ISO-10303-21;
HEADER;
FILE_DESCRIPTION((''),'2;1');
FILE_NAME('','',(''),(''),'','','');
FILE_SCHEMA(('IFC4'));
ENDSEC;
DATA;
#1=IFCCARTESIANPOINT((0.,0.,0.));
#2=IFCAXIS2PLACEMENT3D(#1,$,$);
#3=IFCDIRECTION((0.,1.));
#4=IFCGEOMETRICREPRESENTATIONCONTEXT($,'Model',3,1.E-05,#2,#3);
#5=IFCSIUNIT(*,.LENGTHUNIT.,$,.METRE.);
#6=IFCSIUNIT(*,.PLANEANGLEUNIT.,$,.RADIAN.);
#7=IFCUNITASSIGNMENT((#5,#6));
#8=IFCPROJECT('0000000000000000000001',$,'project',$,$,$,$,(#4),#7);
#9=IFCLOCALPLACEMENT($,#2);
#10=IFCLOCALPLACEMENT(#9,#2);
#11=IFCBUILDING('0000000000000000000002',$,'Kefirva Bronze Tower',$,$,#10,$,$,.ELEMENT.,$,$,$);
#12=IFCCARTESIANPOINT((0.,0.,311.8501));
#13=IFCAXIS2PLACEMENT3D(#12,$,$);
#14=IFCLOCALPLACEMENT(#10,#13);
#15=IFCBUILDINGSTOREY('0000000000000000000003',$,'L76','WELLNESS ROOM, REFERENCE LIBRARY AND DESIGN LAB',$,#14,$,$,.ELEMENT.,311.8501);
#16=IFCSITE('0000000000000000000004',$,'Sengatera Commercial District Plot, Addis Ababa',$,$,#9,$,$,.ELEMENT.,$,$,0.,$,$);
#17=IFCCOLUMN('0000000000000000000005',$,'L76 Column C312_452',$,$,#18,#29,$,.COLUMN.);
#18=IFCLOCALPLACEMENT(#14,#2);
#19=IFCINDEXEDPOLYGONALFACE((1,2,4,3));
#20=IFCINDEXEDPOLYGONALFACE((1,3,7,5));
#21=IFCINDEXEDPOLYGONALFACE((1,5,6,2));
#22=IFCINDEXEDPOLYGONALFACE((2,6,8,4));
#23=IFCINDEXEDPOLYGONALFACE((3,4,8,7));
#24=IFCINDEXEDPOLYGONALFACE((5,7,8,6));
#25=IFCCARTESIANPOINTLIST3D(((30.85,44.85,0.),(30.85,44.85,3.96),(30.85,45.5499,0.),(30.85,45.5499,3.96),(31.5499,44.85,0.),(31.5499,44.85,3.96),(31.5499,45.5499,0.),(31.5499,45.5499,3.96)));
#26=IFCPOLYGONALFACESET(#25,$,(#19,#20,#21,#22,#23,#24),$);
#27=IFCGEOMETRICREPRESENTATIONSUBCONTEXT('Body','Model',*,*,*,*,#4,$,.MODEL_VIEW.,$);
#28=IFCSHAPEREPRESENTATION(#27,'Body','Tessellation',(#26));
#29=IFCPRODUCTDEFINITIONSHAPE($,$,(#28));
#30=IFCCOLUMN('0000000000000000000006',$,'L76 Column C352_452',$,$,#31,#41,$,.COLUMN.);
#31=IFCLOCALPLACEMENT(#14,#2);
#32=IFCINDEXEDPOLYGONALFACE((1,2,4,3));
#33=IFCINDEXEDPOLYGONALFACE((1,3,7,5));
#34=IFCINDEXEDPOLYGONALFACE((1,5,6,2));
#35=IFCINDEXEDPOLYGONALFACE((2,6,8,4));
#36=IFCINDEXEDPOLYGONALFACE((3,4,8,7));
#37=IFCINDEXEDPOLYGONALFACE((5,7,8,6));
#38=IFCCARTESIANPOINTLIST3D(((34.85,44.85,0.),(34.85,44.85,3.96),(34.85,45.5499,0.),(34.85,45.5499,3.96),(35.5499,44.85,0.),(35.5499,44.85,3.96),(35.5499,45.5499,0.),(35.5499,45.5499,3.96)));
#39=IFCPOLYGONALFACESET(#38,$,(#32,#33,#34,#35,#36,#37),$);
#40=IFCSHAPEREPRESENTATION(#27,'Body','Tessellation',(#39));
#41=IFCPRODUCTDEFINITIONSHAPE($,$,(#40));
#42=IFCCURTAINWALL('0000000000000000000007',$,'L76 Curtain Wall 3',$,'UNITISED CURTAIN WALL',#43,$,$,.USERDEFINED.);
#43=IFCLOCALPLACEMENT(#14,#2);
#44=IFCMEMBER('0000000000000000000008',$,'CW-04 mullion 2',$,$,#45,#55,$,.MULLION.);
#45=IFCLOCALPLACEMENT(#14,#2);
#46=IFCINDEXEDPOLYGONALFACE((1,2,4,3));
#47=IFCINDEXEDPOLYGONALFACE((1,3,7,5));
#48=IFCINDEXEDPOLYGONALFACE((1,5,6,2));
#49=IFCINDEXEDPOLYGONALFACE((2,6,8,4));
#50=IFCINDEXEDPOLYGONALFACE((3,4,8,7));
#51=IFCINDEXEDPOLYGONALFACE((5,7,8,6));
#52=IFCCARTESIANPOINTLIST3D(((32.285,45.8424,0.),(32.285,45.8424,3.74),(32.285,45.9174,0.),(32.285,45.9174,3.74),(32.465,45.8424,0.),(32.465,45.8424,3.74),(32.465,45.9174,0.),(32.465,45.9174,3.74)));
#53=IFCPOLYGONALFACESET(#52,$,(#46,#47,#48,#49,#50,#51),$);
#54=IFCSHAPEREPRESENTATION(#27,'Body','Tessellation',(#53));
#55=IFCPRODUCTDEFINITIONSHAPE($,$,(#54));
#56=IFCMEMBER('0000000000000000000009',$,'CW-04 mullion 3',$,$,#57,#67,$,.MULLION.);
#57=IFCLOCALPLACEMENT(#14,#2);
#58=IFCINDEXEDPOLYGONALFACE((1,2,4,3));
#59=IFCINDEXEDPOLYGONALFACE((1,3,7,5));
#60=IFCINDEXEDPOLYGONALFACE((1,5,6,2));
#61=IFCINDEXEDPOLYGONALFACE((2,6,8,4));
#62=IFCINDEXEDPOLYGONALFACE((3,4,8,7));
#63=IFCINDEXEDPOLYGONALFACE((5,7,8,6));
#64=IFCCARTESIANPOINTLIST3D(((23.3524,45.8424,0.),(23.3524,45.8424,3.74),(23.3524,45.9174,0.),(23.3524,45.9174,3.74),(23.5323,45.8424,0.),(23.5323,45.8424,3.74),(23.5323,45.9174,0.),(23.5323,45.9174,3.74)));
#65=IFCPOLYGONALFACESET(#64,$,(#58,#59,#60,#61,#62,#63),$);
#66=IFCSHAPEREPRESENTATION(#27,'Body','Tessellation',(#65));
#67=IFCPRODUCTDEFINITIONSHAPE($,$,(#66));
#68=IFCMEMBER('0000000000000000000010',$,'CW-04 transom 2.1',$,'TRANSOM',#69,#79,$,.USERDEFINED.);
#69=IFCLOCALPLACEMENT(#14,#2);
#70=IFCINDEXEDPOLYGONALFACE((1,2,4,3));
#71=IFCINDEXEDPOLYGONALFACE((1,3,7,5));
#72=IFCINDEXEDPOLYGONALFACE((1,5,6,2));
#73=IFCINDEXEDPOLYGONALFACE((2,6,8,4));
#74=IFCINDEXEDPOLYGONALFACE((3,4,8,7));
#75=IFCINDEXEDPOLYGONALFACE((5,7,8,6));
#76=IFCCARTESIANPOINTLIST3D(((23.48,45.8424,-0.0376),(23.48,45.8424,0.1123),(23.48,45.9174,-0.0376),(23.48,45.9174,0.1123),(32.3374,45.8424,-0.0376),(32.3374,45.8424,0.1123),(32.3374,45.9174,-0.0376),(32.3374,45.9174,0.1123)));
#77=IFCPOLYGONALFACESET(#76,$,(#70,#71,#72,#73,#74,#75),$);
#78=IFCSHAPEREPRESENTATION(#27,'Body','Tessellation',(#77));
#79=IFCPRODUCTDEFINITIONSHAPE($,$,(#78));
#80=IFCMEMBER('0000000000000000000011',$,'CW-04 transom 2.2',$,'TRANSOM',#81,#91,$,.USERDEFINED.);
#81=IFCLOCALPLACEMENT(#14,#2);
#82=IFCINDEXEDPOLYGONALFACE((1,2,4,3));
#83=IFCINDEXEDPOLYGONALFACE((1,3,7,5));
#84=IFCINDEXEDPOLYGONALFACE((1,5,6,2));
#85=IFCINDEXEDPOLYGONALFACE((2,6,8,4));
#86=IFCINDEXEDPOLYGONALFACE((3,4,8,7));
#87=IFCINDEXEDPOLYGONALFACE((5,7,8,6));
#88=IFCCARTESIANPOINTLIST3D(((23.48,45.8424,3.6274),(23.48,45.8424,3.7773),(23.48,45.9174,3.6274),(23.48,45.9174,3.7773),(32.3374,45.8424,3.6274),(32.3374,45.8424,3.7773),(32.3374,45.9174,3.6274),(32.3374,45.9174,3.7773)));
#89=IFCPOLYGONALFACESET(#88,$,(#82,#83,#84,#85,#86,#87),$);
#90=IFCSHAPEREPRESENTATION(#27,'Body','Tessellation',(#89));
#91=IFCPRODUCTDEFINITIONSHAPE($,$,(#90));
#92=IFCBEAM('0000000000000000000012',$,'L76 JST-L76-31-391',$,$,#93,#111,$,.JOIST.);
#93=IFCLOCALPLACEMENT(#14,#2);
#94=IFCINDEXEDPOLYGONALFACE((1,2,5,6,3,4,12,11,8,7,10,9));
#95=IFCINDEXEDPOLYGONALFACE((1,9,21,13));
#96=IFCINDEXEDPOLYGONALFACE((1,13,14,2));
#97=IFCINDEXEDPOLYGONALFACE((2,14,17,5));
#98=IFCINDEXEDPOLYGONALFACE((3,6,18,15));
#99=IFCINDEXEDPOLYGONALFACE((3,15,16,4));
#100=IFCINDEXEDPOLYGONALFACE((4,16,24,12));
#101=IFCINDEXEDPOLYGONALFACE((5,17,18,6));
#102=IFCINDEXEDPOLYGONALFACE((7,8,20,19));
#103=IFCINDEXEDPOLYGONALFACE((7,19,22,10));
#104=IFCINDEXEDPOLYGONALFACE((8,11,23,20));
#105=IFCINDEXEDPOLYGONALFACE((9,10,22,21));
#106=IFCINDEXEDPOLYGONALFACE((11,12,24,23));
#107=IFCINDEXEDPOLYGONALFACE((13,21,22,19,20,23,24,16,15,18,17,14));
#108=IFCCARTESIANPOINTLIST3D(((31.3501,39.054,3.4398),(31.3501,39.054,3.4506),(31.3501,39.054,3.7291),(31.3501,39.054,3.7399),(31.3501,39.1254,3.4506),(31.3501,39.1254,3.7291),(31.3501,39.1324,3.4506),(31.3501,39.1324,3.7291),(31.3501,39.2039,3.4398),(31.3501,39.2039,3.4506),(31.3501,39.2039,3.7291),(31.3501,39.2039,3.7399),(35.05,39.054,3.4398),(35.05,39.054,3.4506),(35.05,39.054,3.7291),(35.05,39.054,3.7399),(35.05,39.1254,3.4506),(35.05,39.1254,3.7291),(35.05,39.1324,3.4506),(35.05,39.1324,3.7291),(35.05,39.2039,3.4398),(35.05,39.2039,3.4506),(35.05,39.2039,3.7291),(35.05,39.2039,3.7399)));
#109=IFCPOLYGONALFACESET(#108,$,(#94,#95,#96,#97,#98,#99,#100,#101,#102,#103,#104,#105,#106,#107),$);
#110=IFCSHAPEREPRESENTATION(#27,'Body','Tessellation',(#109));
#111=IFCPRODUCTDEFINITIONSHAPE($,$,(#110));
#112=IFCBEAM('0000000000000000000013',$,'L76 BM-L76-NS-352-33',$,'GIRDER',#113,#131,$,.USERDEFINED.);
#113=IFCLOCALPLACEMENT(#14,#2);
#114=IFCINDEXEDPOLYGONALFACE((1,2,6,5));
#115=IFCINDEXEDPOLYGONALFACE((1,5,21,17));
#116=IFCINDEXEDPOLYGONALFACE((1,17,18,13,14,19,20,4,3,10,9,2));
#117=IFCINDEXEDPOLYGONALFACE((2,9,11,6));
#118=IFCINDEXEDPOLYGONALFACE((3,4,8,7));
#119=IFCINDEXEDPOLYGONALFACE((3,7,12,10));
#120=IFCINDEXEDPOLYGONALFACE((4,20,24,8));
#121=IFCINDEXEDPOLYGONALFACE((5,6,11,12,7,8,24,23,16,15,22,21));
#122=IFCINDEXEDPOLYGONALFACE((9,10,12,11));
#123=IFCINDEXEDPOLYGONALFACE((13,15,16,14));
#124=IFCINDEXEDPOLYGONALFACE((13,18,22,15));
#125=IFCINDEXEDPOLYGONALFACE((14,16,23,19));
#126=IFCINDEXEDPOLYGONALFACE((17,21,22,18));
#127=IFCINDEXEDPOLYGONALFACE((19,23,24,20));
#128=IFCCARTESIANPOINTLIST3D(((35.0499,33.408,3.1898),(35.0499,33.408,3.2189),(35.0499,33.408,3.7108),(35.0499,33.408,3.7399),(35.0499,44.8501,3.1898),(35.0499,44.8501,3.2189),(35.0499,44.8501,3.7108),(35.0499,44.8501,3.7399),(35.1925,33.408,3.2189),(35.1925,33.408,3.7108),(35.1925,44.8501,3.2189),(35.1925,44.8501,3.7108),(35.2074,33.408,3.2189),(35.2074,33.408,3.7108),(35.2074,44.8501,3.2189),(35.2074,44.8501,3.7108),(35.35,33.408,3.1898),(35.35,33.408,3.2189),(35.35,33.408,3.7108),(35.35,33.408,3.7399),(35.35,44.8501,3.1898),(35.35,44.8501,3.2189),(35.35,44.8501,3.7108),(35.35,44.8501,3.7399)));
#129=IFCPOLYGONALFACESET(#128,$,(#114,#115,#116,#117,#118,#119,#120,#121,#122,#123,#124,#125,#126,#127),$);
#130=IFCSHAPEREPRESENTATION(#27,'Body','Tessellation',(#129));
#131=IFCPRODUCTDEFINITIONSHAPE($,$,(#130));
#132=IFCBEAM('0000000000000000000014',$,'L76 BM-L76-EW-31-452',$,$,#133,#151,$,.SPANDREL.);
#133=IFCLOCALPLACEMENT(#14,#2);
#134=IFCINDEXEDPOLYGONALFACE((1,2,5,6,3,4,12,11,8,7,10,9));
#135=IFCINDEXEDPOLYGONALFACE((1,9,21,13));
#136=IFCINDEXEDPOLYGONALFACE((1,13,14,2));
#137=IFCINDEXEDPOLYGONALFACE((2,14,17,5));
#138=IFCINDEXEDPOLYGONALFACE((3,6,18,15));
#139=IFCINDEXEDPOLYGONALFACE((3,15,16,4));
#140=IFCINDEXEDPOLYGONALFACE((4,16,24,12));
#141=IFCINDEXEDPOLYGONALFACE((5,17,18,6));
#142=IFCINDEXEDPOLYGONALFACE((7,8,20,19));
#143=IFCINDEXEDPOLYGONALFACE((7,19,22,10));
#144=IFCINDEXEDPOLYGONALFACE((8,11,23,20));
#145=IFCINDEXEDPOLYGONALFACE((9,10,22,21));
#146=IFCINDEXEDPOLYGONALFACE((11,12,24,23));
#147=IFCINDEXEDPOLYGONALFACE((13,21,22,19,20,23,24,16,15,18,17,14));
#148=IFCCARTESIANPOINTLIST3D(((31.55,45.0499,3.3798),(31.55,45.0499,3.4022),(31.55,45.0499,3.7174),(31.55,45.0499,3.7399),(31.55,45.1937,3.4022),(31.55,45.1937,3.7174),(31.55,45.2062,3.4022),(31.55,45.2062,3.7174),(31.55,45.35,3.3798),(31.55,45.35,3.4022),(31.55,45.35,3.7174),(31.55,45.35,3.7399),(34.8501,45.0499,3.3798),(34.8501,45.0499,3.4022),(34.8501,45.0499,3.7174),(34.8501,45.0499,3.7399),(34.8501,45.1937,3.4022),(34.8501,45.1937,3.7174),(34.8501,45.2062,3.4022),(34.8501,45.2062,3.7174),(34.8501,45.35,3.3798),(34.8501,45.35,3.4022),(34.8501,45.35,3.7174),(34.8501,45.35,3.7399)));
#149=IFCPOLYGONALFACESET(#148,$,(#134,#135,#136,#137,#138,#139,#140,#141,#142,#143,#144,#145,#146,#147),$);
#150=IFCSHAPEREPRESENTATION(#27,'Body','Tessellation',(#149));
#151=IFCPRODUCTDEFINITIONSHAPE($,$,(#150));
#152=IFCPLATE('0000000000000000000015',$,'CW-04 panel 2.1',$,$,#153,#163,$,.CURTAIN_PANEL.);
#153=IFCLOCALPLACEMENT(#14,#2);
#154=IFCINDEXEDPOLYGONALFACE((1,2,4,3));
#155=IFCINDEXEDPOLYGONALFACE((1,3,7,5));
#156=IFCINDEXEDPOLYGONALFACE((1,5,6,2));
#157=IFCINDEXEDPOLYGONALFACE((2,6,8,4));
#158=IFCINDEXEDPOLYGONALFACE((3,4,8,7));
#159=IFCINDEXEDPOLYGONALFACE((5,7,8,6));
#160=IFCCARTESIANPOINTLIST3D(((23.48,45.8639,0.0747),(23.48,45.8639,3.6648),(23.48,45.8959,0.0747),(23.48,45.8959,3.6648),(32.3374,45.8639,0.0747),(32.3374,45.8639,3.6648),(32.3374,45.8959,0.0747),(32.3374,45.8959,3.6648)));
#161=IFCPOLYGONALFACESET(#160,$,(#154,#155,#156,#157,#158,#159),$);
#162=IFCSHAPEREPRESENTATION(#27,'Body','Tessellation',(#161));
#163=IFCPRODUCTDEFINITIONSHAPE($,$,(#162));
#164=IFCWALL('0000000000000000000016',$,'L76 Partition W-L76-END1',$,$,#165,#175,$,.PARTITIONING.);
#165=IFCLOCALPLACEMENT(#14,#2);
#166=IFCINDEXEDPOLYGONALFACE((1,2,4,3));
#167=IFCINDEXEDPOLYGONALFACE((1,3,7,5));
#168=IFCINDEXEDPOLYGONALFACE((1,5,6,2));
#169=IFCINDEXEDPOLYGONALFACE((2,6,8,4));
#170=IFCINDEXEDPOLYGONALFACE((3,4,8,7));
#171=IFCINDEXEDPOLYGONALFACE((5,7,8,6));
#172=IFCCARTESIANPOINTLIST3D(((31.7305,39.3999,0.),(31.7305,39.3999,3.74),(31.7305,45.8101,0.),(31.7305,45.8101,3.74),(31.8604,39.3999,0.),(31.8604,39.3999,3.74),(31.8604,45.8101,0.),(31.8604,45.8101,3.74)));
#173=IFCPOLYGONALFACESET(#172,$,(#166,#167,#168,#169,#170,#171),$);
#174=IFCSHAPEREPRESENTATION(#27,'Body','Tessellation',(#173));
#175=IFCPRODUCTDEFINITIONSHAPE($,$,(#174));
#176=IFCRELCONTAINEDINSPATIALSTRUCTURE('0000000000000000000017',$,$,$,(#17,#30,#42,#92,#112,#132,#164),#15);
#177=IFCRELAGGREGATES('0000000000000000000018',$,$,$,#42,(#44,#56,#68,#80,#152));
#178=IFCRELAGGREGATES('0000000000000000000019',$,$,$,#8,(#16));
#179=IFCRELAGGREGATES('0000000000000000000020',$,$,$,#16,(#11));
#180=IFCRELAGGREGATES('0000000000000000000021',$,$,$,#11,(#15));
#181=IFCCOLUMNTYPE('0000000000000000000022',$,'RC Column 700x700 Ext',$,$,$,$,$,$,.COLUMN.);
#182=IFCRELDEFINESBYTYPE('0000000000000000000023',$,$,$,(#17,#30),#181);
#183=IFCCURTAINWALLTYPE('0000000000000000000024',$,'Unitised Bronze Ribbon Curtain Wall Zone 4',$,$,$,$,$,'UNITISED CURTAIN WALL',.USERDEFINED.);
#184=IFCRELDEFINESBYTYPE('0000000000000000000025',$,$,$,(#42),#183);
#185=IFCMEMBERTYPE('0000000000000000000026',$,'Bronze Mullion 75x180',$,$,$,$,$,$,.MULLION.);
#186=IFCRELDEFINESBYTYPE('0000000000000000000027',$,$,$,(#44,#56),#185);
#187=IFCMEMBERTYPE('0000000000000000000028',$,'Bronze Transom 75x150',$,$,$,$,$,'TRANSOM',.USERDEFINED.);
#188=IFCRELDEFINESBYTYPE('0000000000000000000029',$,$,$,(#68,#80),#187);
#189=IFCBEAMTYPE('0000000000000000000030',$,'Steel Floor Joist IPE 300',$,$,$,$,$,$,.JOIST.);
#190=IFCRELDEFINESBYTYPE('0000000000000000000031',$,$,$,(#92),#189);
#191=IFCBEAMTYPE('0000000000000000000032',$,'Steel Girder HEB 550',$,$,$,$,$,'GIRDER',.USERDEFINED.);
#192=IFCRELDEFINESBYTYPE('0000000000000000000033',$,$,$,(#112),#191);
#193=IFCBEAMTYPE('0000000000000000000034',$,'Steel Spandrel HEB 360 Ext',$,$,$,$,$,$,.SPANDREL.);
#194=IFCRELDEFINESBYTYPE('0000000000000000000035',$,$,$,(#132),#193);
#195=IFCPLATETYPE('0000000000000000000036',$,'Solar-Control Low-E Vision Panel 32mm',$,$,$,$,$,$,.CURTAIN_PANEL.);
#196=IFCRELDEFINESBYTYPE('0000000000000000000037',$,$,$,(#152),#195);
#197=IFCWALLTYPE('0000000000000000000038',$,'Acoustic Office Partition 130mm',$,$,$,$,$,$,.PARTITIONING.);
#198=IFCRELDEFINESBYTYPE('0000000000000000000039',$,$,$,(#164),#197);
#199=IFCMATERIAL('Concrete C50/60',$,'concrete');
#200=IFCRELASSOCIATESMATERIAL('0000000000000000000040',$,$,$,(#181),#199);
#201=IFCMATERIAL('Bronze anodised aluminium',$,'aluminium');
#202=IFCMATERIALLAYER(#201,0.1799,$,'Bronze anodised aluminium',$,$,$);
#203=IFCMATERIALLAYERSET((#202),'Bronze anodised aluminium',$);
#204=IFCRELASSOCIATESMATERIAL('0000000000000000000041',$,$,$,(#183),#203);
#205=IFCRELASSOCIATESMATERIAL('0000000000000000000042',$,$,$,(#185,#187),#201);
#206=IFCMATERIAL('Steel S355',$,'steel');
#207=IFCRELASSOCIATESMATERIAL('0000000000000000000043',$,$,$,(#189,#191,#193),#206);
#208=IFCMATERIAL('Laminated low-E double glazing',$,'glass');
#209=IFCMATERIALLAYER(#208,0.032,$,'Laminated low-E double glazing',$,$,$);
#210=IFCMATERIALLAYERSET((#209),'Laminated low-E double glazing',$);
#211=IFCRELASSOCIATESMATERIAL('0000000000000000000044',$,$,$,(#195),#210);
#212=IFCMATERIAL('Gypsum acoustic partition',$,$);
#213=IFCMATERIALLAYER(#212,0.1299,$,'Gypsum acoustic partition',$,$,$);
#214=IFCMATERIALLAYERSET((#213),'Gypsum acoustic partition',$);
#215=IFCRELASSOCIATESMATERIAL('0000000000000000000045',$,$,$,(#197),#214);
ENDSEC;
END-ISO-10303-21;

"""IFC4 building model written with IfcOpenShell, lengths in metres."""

from ifc_helpers import new_model, si_unit, direction, frame, frame_2d, origin, origin_2d, place, context, subcontext, project, spatial, rectangle, i_section, extrude, material, layer, layer_set, material_profile, profile_set, type_object, element, aggregate, save


model = new_model("IFC4")

# Units and contexts
model_context = context("Model", 3, precision=1e-05, world=origin(), true_north=direction((0.0, 1.0)))
body_context = subcontext(model_context, "Body", "Model", "MODEL_VIEW")
ifc_project = project(units=[si_unit("LENGTHUNIT", "METRE"), si_unit("PLANEANGLEUNIT", "RADIAN")], contexts=[model_context])

# Site, building, storey
site_placement = place(None, origin())
site = spatial("IfcSite", under=ifc_project, at=site_placement, Name="Sengatera Commercial District Plot, Addis Ababa", CompositionType="ELEMENT", RefElevation=0.0)
building_placement = place(site_placement, origin())
building = spatial("IfcBuilding", under=site, at=building_placement, Name="Kefirva Bronze Tower", CompositionType="ELEMENT")
storey_placement = place(building_placement, frame((0.0, 0.0, 311.8501)))
storey = spatial("IfcBuildingStorey", under=building, at=storey_placement, Name="L76", Description="WELLNESS ROOM, REFERENCE LIBRARY AND DESIGN LAB", CompositionType="ELEMENT", Elevation=311.8501)

# Columns
ifc_material_1 = material(Name="Concrete C50/60", Category="concrete")
ifc_material_profile_1 = material_profile(ifc_material_1, rectangle(XDim=0.7, YDim=0.7, at=origin_2d()), Name="RC 700x700")
ifc_profile_set_1 = profile_set([ifc_material_profile_1], Name="Concrete C50/60")
column_type = type_object("IfcColumnType", Name="RC Column 700x700 Ext", PredefinedType="COLUMN", material=ifc_profile_set_1)
for number, where, z_axis, x_axis, name in (
    (1, (31.2, 45.2, 0.0), (0.0, 0.0, 1.0), (1.0, 0.0, 0.0), "L76 Column C312_452"),
    (2, (35.2, 45.2, 0.0), (0.0, 0.0, 1.0), (1.0, 0.0, 0.0), "L76 Column C352_452"),
):
    element("IfcColumn", number, at=place(storey_placement, frame(where, z_axis=z_axis, x_axis=x_axis)), inside=storey, type_object=column_type, Name=name, PredefinedType="COLUMN", context=body_context, shape_type="SweptSolid", body=[
        extrude(rectangle(XDim=0.7, YDim=0.7, at=origin_2d()), origin(), (0.0, 0.0, 1.0), 3.96),
    ])

# Curtain wall, members
ifc_material_2 = material(Name="Bronze anodised aluminium", Category="aluminium")
ifc_layer_1 = layer(ifc_material_2, 0.1799, Name="Bronze anodised aluminium")
ifc_layer_set_1 = layer_set([ifc_layer_1], Name="Bronze anodised aluminium")
curtain_wall_type = type_object("IfcCurtainWallType", Name="Unitised Bronze Ribbon Curtain Wall Zone 4", ElementType="UNITISED CURTAIN WALL", PredefinedType="USERDEFINED", material=ifc_layer_set_1)
curtain_wall_placement = place(storey_placement, origin())
curtain_wall = element("IfcCurtainWall", 3, at=curtain_wall_placement, inside=storey, type_object=curtain_wall_type, Name="L76 Curtain Wall 3", ObjectType="UNITISED CURTAIN WALL", PredefinedType="USERDEFINED")
ifc_material_profile_2 = material_profile(ifc_material_2, rectangle(XDim=0.075, YDim=0.1799, at=origin_2d()), Name="ALU 75x180")
ifc_profile_set_2 = profile_set([ifc_material_profile_2], Name="Bronze anodised aluminium")
member_type_1 = type_object("IfcMemberType", Name="Bronze Mullion 75x180", PredefinedType="MULLION", material=ifc_profile_set_2)
member_1_placement = place(storey_placement, frame((32.375, 45.8799, 0.0), z_axis=(0.0, 0.0, 1.0), x_axis=(0.0, -1.0, 0.0)))
member_1 = element("IfcMember", 4, at=member_1_placement, type_object=member_type_1, Name="CW-04 mullion 2", PredefinedType="MULLION", context=body_context, shape_type="SweptSolid", body=[
    extrude(rectangle(XDim=0.075, YDim=0.1799, at=origin_2d()), origin(), (0.0, 0.0, 1.0), 3.74),
])
member_2_placement = place(storey_placement, frame((23.4424, 45.8799, 0.0), z_axis=(0.0, 0.0, 1.0), x_axis=(0.0, -1.0, 0.0)))
member_2 = element("IfcMember", 5, at=member_2_placement, type_object=member_type_1, Name="CW-04 mullion 3", PredefinedType="MULLION", context=body_context, shape_type="SweptSolid", body=[
    extrude(rectangle(XDim=0.075, YDim=0.1799, at=origin_2d()), origin(), (0.0, 0.0, 1.0), 3.74),
])
ifc_material_profile_3 = material_profile(ifc_material_2, rectangle(XDim=0.075, YDim=0.1499, at=origin_2d()), Name="ALU 75x150")
ifc_profile_set_3 = profile_set([ifc_material_profile_3], Name="Bronze anodised aluminium")
member_type_2 = type_object("IfcMemberType", Name="Bronze Transom 75x150", ElementType="TRANSOM", PredefinedType="USERDEFINED", material=ifc_profile_set_3)
member_3_placement = place(storey_placement, frame((32.3374, 45.8799, 0.0374), z_axis=(-1.0, 0.0, 0.0), x_axis=(0.0, -1.0, 0.0)))
member_3 = element("IfcMember", 6, at=member_3_placement, type_object=member_type_2, Name="CW-04 transom 2.1", ObjectType="TRANSOM", PredefinedType="USERDEFINED", context=body_context, shape_type="SweptSolid", body=[
    extrude(rectangle(XDim=0.075, YDim=0.1499, at=origin_2d()), origin(), (0.0, 0.0, 1.0), 8.8574),
])
member_4_placement = place(storey_placement, frame((32.3374, 45.8799, 3.7024), z_axis=(-1.0, 0.0, 0.0), x_axis=(0.0, -1.0, 0.0)))
member_4 = element("IfcMember", 7, at=member_4_placement, type_object=member_type_2, Name="CW-04 transom 2.2", ObjectType="TRANSOM", PredefinedType="USERDEFINED", context=body_context, shape_type="SweptSolid", body=[
    extrude(rectangle(XDim=0.075, YDim=0.1499, at=origin_2d()), origin(), (0.0, 0.0, 1.0), 8.8574),
])

# Beams
ifc_material_3 = material(Name="Steel S355", Category="steel")
ifc_material_profile_4 = material_profile(ifc_material_3, i_section(OverallWidth=0.1499, OverallDepth=0.3, WebThickness=0.0071, FlangeThickness=0.0107, at=origin_2d()), Name="IPE 300")
ifc_profile_set_4 = profile_set([ifc_material_profile_4], Name="Steel S355")
beam_type_1 = type_object("IfcBeamType", Name="Steel Floor Joist IPE 300", PredefinedType="JOIST", material=ifc_profile_set_4)
beam_1_placement = place(storey_placement, frame((31.3501, 39.1289, 3.5898), z_axis=(1.0, 0.0, 0.0), x_axis=(0.0, 1.0, 0.0)))
element("IfcBeam", 8, at=beam_1_placement, inside=storey, type_object=beam_type_1, Name="L76 JST-L76-31-391", PredefinedType="JOIST", context=body_context, shape_type="SweptSolid", body=[
    extrude(i_section(OverallWidth=0.1499, OverallDepth=0.3, WebThickness=0.0071, FlangeThickness=0.0107, at=origin_2d()), origin(), (0.0, 0.0, 1.0), 3.7),
])
ifc_material_profile_5 = material_profile(ifc_material_3, i_section(OverallWidth=0.3, OverallDepth=0.55, WebThickness=0.0149, FlangeThickness=0.0291, at=origin_2d()), Name="HEB 550")
ifc_profile_set_5 = profile_set([ifc_material_profile_5], Name="Steel S355")
beam_type_2 = type_object("IfcBeamType", Name="Steel Girder HEB 550", ElementType="GIRDER", PredefinedType="USERDEFINED", material=ifc_profile_set_5)
beam_2_placement = place(storey_placement, frame((35.2, 33.408, 3.4648), z_axis=(0.0, 1.0, 0.0), x_axis=(-1.0, 0.0, 0.0)))
element("IfcBeam", 9, at=beam_2_placement, inside=storey, type_object=beam_type_2, Name="L76 BM-L76-NS-352-33", ObjectType="GIRDER", PredefinedType="USERDEFINED", context=body_context, shape_type="SweptSolid", body=[
    extrude(i_section(OverallWidth=0.3, OverallDepth=0.55, WebThickness=0.0149, FlangeThickness=0.0291, at=origin_2d()), origin(), (0.0, 0.0, 1.0), 11.4421),
])
ifc_material_profile_6 = material_profile(ifc_material_3, i_section(OverallWidth=0.3, OverallDepth=0.3601, WebThickness=0.0125, FlangeThickness=0.0225, at=origin_2d()), Name="HEB 360")
ifc_profile_set_6 = profile_set([ifc_material_profile_6], Name="Steel S355")
beam_type_3 = type_object("IfcBeamType", Name="Steel Spandrel HEB 360 Ext", PredefinedType="SPANDREL", material=ifc_profile_set_6)
beam_3_placement = place(storey_placement, frame((31.55, 45.2, 3.5598), z_axis=(1.0, 0.0, 0.0), x_axis=(0.0, 1.0, 0.0)))
element("IfcBeam", 10, at=beam_3_placement, inside=storey, type_object=beam_type_3, Name="L76 BM-L76-EW-31-452", PredefinedType="SPANDREL", context=body_context, shape_type="SweptSolid", body=[
    extrude(i_section(OverallWidth=0.3, OverallDepth=0.3601, WebThickness=0.0125, FlangeThickness=0.0225, at=origin_2d()), origin(), (0.0, 0.0, 1.0), 3.3),
])

# Plate
ifc_material_4 = material(Name="Laminated low-E double glazing", Category="glass")
ifc_layer_2 = layer(ifc_material_4, 0.032, Name="Laminated low-E double glazing")
ifc_layer_set_2 = layer_set([ifc_layer_2], Name="Laminated low-E double glazing")
plate_type = type_object("IfcPlateType", Name="Solar-Control Low-E Vision Panel 32mm", PredefinedType="CURTAIN_PANEL", material=ifc_layer_set_2)
plate_placement = place(storey_placement, frame((27.9087, 45.8799, 0.0747), z_axis=(0.0, 0.0, 1.0), x_axis=(-1.0, 0.0, 0.0)))
plate = element("IfcPlate", 11, at=plate_placement, type_object=plate_type, Name="CW-04 panel 2.1", PredefinedType="CURTAIN_PANEL", context=body_context, shape_type="SweptSolid", body=[
    extrude(rectangle(XDim=8.8574, YDim=0.032, at=origin_2d()), origin(), (0.0, 0.0, 1.0), 3.5901),
])
aggregate(curtain_wall, [member_1, member_2, member_3, member_4, plate])

# Wall
ifc_material_5 = material(Name="Gypsum acoustic partition")
ifc_layer_3 = layer(ifc_material_5, 0.1299, Name="Gypsum acoustic partition")
ifc_layer_set_3 = layer_set([ifc_layer_3], Name="Gypsum acoustic partition")
wall_type_1 = type_object("IfcWallType", Name="Acoustic Office Partition 130mm", PredefinedType="PARTITIONING", material=ifc_layer_set_3)
wall_1_placement = place(storey_placement, frame((31.7954, 39.3999, 0.0), z_axis=(0.0, 0.0, 1.0), x_axis=(0.0, 1.0, 0.0)))
element("IfcWall", 12, at=wall_1_placement, inside=storey, type_object=wall_type_1, Name="L76 Partition W-L76-END1", PredefinedType="PARTITIONING", context=body_context, shape_type="SweptSolid", body=[
    extrude(rectangle(XDim=6.4102, YDim=0.1299, at=frame_2d((3.2051, 0.0))), origin(), (0.0, 0.0, 1.0), 3.74),
])

save(model, "model.ifc")
